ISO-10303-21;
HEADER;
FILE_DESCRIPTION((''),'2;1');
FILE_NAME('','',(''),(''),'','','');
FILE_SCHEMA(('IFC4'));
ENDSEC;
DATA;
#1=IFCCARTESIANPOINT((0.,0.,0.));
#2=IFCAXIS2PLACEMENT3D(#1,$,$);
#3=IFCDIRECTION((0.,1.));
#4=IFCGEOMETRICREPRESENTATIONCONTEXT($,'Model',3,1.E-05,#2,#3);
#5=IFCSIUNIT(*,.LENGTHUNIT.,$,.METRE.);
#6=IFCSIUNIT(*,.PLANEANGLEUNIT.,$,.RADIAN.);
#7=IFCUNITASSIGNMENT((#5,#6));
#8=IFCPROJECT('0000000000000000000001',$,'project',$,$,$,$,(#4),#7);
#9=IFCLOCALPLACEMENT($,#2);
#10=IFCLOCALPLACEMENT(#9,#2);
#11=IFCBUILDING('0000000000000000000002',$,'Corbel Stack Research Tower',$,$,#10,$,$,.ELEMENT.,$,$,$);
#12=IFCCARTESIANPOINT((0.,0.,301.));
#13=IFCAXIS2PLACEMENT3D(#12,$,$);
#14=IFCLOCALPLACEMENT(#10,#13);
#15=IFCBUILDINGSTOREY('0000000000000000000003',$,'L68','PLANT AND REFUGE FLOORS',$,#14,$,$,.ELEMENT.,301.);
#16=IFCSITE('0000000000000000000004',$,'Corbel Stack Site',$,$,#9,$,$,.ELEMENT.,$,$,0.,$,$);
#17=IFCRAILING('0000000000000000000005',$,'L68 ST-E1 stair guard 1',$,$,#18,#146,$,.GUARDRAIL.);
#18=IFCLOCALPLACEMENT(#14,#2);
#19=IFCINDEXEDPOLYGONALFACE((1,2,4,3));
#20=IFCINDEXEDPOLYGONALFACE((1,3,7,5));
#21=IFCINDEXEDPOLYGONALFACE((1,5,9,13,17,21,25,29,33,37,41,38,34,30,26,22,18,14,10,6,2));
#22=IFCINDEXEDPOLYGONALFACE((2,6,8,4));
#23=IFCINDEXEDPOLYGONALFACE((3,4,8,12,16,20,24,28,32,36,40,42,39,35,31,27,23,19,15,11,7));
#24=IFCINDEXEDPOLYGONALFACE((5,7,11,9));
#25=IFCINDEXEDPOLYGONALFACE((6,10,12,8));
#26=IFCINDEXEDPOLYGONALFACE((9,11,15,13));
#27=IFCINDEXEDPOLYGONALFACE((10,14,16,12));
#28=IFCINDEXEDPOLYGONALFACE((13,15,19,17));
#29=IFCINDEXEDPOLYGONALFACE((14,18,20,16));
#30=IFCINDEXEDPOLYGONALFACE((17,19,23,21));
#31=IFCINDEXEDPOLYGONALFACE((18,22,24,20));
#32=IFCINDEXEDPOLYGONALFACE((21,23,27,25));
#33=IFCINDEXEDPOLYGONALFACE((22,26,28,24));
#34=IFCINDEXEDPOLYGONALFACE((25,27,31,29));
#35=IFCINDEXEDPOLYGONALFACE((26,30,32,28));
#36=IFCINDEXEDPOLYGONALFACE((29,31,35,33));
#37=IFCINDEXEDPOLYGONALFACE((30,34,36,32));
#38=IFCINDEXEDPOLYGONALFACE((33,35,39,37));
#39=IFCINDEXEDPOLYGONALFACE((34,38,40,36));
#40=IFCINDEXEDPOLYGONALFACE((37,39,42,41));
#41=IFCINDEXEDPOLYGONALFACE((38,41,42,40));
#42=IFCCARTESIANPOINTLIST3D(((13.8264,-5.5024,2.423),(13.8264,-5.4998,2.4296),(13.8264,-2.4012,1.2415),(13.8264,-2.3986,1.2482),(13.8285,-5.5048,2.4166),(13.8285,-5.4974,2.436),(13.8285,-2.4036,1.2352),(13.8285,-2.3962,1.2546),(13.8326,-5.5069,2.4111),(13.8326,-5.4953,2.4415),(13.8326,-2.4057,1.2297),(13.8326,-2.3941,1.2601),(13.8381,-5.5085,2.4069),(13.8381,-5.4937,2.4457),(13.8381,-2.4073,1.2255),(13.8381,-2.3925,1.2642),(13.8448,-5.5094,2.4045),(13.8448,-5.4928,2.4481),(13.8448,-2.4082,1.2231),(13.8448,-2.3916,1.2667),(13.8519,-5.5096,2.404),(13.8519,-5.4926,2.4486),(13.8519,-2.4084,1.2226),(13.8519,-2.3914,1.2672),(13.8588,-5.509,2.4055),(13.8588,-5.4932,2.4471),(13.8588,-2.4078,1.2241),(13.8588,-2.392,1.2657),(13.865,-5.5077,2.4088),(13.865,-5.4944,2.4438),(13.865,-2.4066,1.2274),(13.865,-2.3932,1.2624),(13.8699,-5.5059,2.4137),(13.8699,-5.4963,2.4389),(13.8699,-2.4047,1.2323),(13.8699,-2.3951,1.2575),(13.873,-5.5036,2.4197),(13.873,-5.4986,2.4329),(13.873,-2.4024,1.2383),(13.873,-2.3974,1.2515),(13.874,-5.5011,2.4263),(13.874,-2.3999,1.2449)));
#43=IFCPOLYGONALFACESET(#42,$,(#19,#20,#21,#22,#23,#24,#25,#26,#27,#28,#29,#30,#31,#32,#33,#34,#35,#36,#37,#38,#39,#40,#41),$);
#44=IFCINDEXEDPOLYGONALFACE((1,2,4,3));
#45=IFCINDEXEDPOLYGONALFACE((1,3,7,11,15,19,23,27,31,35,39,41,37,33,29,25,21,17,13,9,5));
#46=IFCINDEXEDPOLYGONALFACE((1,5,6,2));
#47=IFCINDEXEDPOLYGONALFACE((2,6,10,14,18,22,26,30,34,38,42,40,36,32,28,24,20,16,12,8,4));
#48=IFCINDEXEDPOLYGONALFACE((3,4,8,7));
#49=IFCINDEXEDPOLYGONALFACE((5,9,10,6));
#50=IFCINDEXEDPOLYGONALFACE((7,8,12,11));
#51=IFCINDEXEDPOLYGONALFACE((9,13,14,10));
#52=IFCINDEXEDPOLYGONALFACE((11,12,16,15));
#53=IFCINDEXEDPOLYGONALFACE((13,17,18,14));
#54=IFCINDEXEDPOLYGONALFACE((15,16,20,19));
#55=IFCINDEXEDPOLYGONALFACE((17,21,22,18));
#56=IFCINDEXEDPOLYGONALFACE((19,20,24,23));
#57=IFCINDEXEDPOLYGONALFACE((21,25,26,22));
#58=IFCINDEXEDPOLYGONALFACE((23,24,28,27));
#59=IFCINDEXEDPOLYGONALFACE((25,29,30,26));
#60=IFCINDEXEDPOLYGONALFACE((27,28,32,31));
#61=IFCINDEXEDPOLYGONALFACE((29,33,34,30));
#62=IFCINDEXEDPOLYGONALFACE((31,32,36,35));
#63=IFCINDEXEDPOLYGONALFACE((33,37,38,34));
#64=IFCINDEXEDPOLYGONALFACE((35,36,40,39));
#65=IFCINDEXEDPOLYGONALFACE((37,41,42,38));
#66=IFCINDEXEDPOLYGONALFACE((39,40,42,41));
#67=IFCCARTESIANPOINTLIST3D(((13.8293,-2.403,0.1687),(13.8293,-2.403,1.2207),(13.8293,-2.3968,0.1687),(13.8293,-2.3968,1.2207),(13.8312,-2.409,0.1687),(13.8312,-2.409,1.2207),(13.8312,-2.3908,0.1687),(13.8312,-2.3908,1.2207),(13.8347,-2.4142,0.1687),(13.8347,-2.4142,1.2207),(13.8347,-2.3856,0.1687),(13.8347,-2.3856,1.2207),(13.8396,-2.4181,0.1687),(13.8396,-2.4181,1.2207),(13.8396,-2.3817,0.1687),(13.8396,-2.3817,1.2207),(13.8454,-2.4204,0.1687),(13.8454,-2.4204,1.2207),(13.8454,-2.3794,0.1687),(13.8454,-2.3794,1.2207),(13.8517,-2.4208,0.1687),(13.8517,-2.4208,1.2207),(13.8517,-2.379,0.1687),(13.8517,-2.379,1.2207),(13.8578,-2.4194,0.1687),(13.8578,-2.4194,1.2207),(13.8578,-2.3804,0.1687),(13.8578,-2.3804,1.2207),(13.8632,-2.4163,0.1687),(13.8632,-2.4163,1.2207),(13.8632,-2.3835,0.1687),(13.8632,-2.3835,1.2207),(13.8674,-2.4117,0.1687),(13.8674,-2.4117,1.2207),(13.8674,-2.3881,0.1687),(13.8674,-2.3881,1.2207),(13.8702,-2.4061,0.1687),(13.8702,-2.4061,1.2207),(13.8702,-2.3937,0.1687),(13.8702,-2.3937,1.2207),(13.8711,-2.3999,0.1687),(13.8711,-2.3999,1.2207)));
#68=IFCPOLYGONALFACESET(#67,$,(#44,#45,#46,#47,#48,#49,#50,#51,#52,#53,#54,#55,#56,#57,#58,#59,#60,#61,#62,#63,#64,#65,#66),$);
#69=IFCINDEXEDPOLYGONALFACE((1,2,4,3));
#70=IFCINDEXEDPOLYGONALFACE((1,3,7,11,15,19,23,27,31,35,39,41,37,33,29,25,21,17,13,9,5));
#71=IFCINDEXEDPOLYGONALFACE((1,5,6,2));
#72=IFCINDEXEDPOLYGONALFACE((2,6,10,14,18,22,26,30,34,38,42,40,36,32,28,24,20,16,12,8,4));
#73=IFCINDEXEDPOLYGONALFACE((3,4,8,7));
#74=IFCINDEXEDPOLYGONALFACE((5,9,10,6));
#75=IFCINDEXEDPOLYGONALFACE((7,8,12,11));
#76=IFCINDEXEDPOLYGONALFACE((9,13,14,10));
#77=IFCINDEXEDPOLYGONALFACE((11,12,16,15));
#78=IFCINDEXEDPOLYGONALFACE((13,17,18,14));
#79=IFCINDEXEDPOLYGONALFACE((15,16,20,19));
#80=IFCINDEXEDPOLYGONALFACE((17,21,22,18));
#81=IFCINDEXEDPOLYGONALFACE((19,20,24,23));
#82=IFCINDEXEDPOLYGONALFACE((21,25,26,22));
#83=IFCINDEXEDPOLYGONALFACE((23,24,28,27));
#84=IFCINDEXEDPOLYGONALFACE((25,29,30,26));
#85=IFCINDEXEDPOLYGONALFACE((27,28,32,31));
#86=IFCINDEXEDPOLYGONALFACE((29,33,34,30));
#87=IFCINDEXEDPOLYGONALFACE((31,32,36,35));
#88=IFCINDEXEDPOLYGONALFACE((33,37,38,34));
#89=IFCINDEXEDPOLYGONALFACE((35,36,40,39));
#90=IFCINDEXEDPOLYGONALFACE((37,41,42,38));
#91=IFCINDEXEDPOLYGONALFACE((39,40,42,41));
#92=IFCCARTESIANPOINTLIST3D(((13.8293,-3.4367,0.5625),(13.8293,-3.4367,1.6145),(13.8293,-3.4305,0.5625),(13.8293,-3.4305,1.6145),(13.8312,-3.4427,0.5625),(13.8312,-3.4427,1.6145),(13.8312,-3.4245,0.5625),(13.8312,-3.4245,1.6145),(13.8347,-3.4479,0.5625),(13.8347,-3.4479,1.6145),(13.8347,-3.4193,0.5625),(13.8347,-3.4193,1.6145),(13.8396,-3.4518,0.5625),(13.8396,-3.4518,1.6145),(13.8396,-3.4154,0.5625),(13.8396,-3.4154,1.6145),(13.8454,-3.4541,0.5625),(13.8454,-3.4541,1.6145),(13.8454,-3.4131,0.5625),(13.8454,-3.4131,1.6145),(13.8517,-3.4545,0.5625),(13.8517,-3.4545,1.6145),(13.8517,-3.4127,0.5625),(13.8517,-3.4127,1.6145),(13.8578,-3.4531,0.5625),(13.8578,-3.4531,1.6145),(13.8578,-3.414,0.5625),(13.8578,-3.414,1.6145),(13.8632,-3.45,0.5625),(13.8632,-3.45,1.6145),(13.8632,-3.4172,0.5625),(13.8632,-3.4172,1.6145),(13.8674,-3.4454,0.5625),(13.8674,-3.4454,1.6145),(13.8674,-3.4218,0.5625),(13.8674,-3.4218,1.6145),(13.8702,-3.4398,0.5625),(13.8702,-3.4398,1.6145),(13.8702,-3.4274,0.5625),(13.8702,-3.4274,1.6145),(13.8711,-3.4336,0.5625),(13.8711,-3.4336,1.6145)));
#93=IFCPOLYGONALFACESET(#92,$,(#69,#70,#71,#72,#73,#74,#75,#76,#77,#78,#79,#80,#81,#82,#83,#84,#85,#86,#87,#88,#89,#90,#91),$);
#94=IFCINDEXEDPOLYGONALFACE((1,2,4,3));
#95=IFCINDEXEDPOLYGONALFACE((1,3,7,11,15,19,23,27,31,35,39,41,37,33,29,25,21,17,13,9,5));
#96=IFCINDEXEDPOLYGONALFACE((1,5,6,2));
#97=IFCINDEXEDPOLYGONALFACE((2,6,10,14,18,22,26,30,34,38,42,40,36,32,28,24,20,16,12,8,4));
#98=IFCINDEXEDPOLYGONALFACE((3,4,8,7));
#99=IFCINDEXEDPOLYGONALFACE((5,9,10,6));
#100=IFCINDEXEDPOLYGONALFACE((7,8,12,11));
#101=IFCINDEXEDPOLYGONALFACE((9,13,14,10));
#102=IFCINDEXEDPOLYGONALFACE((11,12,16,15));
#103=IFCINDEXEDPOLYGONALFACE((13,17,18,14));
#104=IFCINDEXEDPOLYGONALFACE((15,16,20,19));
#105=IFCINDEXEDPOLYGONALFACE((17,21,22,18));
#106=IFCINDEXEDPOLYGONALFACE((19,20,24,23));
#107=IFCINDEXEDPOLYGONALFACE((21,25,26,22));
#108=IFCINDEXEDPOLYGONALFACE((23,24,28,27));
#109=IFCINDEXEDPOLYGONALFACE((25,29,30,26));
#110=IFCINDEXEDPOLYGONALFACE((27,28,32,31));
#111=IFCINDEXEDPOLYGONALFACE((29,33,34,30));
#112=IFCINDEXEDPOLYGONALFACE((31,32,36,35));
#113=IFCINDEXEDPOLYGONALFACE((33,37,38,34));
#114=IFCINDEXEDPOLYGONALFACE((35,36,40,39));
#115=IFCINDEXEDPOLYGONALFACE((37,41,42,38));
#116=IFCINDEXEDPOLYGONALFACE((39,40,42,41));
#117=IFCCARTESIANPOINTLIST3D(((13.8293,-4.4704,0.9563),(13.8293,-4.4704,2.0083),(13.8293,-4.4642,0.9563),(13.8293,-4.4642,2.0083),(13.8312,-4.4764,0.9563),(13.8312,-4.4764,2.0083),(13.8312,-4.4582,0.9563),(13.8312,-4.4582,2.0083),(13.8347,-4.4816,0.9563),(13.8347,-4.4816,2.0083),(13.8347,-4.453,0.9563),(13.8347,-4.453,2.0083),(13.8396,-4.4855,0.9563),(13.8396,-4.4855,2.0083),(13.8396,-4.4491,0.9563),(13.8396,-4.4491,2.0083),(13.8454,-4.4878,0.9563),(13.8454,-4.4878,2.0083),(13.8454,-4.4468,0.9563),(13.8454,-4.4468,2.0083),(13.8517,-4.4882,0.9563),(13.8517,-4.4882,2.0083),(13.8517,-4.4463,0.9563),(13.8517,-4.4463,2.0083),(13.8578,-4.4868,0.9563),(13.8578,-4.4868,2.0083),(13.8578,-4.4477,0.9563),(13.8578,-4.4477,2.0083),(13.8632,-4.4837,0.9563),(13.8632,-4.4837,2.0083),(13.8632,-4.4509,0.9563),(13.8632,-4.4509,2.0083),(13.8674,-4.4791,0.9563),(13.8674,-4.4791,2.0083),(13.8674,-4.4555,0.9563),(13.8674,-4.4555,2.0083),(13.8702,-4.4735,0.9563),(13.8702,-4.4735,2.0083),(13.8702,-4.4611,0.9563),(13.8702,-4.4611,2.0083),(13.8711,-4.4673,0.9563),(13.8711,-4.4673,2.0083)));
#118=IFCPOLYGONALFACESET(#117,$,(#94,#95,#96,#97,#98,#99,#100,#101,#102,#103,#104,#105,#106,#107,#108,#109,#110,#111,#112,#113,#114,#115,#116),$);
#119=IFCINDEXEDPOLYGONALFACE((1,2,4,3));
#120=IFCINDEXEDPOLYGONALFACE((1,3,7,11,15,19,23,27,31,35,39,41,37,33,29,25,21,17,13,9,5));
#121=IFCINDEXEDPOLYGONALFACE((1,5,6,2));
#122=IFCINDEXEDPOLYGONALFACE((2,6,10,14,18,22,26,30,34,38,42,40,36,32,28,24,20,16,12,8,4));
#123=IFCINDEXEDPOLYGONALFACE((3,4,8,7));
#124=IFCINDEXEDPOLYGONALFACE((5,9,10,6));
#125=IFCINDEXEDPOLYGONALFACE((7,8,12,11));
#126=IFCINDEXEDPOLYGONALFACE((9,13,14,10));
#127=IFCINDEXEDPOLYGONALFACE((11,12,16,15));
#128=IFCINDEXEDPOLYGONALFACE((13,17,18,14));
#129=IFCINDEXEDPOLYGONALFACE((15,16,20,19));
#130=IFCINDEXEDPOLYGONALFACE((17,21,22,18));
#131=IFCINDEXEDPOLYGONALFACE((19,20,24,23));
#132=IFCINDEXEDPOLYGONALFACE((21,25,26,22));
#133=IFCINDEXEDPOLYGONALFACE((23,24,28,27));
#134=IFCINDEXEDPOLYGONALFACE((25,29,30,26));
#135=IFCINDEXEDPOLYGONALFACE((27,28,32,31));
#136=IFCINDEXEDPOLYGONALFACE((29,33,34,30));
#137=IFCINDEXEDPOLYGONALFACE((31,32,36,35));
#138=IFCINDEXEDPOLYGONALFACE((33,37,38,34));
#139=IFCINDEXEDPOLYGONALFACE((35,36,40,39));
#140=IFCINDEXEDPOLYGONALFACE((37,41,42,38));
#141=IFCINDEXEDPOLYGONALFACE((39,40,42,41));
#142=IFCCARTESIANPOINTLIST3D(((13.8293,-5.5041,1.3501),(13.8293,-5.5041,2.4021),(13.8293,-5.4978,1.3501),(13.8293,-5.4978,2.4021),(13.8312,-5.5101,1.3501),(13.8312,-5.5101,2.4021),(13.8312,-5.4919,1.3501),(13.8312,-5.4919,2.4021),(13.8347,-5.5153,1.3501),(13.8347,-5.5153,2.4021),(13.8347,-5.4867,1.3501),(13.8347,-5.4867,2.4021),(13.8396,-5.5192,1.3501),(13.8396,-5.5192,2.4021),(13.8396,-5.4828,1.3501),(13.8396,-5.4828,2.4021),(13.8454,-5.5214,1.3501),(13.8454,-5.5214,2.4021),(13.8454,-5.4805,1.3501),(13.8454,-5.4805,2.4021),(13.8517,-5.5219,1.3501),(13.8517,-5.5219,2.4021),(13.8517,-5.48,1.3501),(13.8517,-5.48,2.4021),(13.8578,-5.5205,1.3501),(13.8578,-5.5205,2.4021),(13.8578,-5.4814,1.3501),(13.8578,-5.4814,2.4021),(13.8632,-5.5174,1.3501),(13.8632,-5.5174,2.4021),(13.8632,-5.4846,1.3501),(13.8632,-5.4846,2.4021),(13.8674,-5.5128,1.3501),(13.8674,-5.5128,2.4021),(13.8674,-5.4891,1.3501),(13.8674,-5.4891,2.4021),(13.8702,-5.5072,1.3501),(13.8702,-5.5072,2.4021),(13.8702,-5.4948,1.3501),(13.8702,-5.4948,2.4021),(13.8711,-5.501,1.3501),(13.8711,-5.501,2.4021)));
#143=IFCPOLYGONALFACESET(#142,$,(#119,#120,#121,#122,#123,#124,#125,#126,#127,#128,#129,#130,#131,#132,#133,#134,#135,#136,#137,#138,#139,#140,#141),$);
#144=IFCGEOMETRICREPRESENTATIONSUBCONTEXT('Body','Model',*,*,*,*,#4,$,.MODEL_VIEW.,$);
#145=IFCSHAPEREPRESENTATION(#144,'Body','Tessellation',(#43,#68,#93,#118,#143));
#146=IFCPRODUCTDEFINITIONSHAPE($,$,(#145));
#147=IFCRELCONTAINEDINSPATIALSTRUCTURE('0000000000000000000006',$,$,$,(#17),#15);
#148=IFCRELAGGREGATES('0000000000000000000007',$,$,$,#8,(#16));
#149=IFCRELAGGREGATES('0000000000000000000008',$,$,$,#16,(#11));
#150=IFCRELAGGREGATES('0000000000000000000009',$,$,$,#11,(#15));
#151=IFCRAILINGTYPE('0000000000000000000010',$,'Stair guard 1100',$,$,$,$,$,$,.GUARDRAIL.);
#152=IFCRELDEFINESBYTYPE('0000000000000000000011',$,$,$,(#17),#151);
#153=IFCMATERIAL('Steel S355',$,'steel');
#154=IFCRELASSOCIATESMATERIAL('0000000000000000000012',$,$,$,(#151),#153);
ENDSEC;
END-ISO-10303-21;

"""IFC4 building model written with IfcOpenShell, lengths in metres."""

from ifc_helpers import new_model, si_unit, direction, frame, origin, origin_2d, place, context, subcontext, project, spatial, circle, extrude, material, type_object, element, save


model = new_model("IFC4")

# Units and contexts
model_context = context("Model", 3, precision=1e-05, world=origin(), true_north=direction((0.0, 1.0)))
body_context = subcontext(model_context, "Body", "Model", "MODEL_VIEW")
ifc_project = project(units=[si_unit("LENGTHUNIT", "METRE"), si_unit("PLANEANGLEUNIT", "RADIAN")], contexts=[model_context])

# Site, building, storey
site_placement = place(None, origin())
site = spatial("IfcSite", under=ifc_project, at=site_placement, Name="Corbel Stack Site", CompositionType="ELEMENT", RefElevation=0.0)
building_placement = place(site_placement, origin())
building = spatial("IfcBuilding", under=site, at=building_placement, Name="Corbel Stack Research Tower", CompositionType="ELEMENT")
storey_placement = place(building_placement, frame((0.0, 0.0, 301.0)))
storey = spatial("IfcBuildingStorey", under=building, at=storey_placement, Name="L68", Description="PLANT AND REFUGE FLOORS", CompositionType="ELEMENT", Elevation=301.0)

# Railing
ifc_material_1 = material(Name="Steel S355", Category="steel")
railing_type_1 = type_object("IfcRailingType", Name="Stair guard 1100", PredefinedType="GUARDRAIL", material=ifc_material_1)
railing_1_placement = place(storey_placement, frame((13.8501, -2.3999, 0.1687)))
element("IfcRailing", 1, at=railing_1_placement, inside=storey, type_object=railing_type_1, Name="L68 ST-E1 stair guard 1", PredefinedType="GUARDRAIL", context=body_context, shape_type="SweptSolid", body=[
    extrude(circle(Radius=0.0239, at=origin_2d()), frame((0.0, 0.0, 1.0762), z_axis=(0.0, -0.934484, 0.356005), x_axis=(1.0, 0.0, 0.0)), (0.0, 0.0, 1.0), 3.3186),
    extrude(circle(Radius=0.021, at=origin_2d()), origin(), (0.0, 0.0, 1.0), 1.052),
    extrude(circle(Radius=0.021, at=origin_2d()), frame((0.0, -1.0337, 0.3938)), (0.0, 0.0, 1.0), 1.052),
    extrude(circle(Radius=0.021, at=origin_2d()), frame((0.0, -2.0674, 0.7876)), (0.0, 0.0, 1.0), 1.052),
    extrude(circle(Radius=0.021, at=origin_2d()), frame((0.0, -3.1011, 1.1814)), (0.0, 0.0, 1.0), 1.052),
])

save(model, "model.ifc")
